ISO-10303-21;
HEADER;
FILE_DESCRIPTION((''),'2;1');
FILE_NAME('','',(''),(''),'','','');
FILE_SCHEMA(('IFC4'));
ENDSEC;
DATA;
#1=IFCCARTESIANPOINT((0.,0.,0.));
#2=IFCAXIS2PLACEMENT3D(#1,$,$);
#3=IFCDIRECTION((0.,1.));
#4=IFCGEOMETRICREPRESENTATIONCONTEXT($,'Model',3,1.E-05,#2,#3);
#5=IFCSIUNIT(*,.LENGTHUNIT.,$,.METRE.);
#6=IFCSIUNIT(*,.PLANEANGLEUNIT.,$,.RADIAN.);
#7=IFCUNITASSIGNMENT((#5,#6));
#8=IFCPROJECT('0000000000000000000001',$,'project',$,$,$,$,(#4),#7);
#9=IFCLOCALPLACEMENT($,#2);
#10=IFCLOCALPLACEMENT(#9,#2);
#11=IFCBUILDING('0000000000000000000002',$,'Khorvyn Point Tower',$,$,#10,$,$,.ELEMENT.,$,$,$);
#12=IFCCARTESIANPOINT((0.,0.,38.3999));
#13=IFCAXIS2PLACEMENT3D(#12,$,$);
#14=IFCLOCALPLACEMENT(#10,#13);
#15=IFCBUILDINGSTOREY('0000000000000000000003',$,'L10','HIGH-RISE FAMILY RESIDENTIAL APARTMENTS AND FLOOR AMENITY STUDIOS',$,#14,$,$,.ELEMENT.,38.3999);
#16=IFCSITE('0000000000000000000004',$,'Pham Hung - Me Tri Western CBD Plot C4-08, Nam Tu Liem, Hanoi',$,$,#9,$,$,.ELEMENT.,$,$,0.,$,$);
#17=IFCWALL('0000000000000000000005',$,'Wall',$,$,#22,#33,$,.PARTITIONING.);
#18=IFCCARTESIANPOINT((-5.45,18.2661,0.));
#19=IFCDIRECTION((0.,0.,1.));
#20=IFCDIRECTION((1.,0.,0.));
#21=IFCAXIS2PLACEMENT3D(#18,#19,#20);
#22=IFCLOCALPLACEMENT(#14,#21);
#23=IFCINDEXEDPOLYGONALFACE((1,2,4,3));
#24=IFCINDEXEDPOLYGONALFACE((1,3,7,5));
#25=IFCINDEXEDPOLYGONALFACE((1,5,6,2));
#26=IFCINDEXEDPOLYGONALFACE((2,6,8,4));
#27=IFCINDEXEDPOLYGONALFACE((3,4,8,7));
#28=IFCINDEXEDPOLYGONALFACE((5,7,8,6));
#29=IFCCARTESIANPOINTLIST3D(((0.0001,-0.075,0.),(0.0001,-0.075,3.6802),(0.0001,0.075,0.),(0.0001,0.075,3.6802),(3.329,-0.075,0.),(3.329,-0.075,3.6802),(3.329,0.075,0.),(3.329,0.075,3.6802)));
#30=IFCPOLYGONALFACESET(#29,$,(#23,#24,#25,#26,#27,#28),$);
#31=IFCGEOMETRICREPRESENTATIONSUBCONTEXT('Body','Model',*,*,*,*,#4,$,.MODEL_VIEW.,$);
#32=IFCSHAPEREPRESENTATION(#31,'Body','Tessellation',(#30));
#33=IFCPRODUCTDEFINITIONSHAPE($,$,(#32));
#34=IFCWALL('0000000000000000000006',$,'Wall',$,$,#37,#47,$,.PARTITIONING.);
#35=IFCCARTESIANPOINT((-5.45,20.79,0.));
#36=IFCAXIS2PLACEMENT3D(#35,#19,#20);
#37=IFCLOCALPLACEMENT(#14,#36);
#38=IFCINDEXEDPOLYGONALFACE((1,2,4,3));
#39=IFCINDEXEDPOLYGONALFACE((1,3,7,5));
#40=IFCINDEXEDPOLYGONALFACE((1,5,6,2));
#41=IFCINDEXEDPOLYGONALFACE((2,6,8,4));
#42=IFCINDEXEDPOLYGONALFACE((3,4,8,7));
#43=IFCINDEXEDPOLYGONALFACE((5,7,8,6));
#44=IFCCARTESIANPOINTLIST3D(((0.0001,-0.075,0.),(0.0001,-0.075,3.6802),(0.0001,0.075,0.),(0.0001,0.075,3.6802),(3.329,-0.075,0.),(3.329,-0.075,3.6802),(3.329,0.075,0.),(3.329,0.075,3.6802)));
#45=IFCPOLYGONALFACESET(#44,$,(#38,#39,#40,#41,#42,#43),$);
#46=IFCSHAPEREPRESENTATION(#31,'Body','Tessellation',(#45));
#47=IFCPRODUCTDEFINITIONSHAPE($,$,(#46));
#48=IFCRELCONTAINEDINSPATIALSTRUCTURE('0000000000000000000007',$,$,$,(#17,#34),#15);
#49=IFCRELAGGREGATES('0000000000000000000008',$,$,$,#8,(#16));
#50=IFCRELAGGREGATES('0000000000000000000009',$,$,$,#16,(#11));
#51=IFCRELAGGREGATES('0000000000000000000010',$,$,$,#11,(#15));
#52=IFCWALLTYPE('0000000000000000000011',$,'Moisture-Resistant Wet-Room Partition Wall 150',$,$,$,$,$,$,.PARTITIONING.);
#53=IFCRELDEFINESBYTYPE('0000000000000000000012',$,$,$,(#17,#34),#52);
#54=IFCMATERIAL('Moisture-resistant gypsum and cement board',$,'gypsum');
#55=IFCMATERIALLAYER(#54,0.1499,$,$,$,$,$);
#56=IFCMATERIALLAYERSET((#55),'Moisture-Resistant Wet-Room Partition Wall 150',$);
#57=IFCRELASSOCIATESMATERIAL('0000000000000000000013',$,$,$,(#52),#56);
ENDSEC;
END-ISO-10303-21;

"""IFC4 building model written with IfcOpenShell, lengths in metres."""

from ifc_helpers import new_model, si_unit, direction, frame, frame_2d, origin, place, context, subcontext, project, spatial, rectangle, extrude, material, layer, layer_set, type_object, element, save


model = new_model("IFC4")

# Units and contexts
model_context = context("Model", 3, precision=1e-05, world=origin(), true_north=direction((0.0, 1.0)))
body_context = subcontext(model_context, "Body", "Model", "MODEL_VIEW")
ifc_project = project(units=[si_unit("LENGTHUNIT", "METRE"), si_unit("PLANEANGLEUNIT", "RADIAN")], contexts=[model_context])

# Site, building, storey
site_placement = place(None, origin())
site = spatial("IfcSite", under=ifc_project, at=site_placement, Name="Pham Hung - Me Tri Western CBD Plot C4-08, Nam Tu Liem, Hanoi", CompositionType="ELEMENT", RefElevation=0.0)
building_placement = place(site_placement, origin())
building = spatial("IfcBuilding", under=site, at=building_placement, Name="Khorvyn Point Tower", CompositionType="ELEMENT")
storey_placement = place(building_placement, frame((0.0, 0.0, 38.3999)))
storey = spatial("IfcBuildingStorey", under=building, at=storey_placement, Name="L10", Description="HIGH-RISE FAMILY RESIDENTIAL APARTMENTS AND FLOOR AMENITY STUDIOS", CompositionType="ELEMENT", Elevation=38.3999)

# Shared definitions
ifc_material_1 = material(Name="Moisture-resistant gypsum and cement board", Category="gypsum")
ifc_layer_1 = layer(ifc_material_1, 0.1499)
ifc_layer_set_1 = layer_set([ifc_layer_1], Name="Moisture-Resistant Wet-Room Partition Wall 150")
wall_type_1 = type_object("IfcWallType", Name="Moisture-Resistant Wet-Room Partition Wall 150", PredefinedType="PARTITIONING", material=ifc_layer_set_1)

# Walls
for number, where, z_axis, x_axis, name in (
    (1, (-5.45, 18.2661, 0.0), (0.0, 0.0, 1.0), (1.0, 0.0, 0.0), "Wall"),
    (2, (-5.45, 20.79, 0.0), (0.0, 0.0, 1.0), (1.0, 0.0, 0.0), "Wall"),
):
    element("IfcWall", number, at=place(storey_placement, frame(where, z_axis=z_axis, x_axis=x_axis)), inside=storey, type_object=wall_type_1, Name=name, PredefinedType="PARTITIONING", context=body_context, shape_type="SweptSolid", body=[
        extrude(rectangle(XDim=3.3289, YDim=0.1499, at=frame_2d((1.6646, 0.0))), origin(), (0.0, 0.0, 1.0), 3.6802),
    ])

save(model, "model.ifc")
